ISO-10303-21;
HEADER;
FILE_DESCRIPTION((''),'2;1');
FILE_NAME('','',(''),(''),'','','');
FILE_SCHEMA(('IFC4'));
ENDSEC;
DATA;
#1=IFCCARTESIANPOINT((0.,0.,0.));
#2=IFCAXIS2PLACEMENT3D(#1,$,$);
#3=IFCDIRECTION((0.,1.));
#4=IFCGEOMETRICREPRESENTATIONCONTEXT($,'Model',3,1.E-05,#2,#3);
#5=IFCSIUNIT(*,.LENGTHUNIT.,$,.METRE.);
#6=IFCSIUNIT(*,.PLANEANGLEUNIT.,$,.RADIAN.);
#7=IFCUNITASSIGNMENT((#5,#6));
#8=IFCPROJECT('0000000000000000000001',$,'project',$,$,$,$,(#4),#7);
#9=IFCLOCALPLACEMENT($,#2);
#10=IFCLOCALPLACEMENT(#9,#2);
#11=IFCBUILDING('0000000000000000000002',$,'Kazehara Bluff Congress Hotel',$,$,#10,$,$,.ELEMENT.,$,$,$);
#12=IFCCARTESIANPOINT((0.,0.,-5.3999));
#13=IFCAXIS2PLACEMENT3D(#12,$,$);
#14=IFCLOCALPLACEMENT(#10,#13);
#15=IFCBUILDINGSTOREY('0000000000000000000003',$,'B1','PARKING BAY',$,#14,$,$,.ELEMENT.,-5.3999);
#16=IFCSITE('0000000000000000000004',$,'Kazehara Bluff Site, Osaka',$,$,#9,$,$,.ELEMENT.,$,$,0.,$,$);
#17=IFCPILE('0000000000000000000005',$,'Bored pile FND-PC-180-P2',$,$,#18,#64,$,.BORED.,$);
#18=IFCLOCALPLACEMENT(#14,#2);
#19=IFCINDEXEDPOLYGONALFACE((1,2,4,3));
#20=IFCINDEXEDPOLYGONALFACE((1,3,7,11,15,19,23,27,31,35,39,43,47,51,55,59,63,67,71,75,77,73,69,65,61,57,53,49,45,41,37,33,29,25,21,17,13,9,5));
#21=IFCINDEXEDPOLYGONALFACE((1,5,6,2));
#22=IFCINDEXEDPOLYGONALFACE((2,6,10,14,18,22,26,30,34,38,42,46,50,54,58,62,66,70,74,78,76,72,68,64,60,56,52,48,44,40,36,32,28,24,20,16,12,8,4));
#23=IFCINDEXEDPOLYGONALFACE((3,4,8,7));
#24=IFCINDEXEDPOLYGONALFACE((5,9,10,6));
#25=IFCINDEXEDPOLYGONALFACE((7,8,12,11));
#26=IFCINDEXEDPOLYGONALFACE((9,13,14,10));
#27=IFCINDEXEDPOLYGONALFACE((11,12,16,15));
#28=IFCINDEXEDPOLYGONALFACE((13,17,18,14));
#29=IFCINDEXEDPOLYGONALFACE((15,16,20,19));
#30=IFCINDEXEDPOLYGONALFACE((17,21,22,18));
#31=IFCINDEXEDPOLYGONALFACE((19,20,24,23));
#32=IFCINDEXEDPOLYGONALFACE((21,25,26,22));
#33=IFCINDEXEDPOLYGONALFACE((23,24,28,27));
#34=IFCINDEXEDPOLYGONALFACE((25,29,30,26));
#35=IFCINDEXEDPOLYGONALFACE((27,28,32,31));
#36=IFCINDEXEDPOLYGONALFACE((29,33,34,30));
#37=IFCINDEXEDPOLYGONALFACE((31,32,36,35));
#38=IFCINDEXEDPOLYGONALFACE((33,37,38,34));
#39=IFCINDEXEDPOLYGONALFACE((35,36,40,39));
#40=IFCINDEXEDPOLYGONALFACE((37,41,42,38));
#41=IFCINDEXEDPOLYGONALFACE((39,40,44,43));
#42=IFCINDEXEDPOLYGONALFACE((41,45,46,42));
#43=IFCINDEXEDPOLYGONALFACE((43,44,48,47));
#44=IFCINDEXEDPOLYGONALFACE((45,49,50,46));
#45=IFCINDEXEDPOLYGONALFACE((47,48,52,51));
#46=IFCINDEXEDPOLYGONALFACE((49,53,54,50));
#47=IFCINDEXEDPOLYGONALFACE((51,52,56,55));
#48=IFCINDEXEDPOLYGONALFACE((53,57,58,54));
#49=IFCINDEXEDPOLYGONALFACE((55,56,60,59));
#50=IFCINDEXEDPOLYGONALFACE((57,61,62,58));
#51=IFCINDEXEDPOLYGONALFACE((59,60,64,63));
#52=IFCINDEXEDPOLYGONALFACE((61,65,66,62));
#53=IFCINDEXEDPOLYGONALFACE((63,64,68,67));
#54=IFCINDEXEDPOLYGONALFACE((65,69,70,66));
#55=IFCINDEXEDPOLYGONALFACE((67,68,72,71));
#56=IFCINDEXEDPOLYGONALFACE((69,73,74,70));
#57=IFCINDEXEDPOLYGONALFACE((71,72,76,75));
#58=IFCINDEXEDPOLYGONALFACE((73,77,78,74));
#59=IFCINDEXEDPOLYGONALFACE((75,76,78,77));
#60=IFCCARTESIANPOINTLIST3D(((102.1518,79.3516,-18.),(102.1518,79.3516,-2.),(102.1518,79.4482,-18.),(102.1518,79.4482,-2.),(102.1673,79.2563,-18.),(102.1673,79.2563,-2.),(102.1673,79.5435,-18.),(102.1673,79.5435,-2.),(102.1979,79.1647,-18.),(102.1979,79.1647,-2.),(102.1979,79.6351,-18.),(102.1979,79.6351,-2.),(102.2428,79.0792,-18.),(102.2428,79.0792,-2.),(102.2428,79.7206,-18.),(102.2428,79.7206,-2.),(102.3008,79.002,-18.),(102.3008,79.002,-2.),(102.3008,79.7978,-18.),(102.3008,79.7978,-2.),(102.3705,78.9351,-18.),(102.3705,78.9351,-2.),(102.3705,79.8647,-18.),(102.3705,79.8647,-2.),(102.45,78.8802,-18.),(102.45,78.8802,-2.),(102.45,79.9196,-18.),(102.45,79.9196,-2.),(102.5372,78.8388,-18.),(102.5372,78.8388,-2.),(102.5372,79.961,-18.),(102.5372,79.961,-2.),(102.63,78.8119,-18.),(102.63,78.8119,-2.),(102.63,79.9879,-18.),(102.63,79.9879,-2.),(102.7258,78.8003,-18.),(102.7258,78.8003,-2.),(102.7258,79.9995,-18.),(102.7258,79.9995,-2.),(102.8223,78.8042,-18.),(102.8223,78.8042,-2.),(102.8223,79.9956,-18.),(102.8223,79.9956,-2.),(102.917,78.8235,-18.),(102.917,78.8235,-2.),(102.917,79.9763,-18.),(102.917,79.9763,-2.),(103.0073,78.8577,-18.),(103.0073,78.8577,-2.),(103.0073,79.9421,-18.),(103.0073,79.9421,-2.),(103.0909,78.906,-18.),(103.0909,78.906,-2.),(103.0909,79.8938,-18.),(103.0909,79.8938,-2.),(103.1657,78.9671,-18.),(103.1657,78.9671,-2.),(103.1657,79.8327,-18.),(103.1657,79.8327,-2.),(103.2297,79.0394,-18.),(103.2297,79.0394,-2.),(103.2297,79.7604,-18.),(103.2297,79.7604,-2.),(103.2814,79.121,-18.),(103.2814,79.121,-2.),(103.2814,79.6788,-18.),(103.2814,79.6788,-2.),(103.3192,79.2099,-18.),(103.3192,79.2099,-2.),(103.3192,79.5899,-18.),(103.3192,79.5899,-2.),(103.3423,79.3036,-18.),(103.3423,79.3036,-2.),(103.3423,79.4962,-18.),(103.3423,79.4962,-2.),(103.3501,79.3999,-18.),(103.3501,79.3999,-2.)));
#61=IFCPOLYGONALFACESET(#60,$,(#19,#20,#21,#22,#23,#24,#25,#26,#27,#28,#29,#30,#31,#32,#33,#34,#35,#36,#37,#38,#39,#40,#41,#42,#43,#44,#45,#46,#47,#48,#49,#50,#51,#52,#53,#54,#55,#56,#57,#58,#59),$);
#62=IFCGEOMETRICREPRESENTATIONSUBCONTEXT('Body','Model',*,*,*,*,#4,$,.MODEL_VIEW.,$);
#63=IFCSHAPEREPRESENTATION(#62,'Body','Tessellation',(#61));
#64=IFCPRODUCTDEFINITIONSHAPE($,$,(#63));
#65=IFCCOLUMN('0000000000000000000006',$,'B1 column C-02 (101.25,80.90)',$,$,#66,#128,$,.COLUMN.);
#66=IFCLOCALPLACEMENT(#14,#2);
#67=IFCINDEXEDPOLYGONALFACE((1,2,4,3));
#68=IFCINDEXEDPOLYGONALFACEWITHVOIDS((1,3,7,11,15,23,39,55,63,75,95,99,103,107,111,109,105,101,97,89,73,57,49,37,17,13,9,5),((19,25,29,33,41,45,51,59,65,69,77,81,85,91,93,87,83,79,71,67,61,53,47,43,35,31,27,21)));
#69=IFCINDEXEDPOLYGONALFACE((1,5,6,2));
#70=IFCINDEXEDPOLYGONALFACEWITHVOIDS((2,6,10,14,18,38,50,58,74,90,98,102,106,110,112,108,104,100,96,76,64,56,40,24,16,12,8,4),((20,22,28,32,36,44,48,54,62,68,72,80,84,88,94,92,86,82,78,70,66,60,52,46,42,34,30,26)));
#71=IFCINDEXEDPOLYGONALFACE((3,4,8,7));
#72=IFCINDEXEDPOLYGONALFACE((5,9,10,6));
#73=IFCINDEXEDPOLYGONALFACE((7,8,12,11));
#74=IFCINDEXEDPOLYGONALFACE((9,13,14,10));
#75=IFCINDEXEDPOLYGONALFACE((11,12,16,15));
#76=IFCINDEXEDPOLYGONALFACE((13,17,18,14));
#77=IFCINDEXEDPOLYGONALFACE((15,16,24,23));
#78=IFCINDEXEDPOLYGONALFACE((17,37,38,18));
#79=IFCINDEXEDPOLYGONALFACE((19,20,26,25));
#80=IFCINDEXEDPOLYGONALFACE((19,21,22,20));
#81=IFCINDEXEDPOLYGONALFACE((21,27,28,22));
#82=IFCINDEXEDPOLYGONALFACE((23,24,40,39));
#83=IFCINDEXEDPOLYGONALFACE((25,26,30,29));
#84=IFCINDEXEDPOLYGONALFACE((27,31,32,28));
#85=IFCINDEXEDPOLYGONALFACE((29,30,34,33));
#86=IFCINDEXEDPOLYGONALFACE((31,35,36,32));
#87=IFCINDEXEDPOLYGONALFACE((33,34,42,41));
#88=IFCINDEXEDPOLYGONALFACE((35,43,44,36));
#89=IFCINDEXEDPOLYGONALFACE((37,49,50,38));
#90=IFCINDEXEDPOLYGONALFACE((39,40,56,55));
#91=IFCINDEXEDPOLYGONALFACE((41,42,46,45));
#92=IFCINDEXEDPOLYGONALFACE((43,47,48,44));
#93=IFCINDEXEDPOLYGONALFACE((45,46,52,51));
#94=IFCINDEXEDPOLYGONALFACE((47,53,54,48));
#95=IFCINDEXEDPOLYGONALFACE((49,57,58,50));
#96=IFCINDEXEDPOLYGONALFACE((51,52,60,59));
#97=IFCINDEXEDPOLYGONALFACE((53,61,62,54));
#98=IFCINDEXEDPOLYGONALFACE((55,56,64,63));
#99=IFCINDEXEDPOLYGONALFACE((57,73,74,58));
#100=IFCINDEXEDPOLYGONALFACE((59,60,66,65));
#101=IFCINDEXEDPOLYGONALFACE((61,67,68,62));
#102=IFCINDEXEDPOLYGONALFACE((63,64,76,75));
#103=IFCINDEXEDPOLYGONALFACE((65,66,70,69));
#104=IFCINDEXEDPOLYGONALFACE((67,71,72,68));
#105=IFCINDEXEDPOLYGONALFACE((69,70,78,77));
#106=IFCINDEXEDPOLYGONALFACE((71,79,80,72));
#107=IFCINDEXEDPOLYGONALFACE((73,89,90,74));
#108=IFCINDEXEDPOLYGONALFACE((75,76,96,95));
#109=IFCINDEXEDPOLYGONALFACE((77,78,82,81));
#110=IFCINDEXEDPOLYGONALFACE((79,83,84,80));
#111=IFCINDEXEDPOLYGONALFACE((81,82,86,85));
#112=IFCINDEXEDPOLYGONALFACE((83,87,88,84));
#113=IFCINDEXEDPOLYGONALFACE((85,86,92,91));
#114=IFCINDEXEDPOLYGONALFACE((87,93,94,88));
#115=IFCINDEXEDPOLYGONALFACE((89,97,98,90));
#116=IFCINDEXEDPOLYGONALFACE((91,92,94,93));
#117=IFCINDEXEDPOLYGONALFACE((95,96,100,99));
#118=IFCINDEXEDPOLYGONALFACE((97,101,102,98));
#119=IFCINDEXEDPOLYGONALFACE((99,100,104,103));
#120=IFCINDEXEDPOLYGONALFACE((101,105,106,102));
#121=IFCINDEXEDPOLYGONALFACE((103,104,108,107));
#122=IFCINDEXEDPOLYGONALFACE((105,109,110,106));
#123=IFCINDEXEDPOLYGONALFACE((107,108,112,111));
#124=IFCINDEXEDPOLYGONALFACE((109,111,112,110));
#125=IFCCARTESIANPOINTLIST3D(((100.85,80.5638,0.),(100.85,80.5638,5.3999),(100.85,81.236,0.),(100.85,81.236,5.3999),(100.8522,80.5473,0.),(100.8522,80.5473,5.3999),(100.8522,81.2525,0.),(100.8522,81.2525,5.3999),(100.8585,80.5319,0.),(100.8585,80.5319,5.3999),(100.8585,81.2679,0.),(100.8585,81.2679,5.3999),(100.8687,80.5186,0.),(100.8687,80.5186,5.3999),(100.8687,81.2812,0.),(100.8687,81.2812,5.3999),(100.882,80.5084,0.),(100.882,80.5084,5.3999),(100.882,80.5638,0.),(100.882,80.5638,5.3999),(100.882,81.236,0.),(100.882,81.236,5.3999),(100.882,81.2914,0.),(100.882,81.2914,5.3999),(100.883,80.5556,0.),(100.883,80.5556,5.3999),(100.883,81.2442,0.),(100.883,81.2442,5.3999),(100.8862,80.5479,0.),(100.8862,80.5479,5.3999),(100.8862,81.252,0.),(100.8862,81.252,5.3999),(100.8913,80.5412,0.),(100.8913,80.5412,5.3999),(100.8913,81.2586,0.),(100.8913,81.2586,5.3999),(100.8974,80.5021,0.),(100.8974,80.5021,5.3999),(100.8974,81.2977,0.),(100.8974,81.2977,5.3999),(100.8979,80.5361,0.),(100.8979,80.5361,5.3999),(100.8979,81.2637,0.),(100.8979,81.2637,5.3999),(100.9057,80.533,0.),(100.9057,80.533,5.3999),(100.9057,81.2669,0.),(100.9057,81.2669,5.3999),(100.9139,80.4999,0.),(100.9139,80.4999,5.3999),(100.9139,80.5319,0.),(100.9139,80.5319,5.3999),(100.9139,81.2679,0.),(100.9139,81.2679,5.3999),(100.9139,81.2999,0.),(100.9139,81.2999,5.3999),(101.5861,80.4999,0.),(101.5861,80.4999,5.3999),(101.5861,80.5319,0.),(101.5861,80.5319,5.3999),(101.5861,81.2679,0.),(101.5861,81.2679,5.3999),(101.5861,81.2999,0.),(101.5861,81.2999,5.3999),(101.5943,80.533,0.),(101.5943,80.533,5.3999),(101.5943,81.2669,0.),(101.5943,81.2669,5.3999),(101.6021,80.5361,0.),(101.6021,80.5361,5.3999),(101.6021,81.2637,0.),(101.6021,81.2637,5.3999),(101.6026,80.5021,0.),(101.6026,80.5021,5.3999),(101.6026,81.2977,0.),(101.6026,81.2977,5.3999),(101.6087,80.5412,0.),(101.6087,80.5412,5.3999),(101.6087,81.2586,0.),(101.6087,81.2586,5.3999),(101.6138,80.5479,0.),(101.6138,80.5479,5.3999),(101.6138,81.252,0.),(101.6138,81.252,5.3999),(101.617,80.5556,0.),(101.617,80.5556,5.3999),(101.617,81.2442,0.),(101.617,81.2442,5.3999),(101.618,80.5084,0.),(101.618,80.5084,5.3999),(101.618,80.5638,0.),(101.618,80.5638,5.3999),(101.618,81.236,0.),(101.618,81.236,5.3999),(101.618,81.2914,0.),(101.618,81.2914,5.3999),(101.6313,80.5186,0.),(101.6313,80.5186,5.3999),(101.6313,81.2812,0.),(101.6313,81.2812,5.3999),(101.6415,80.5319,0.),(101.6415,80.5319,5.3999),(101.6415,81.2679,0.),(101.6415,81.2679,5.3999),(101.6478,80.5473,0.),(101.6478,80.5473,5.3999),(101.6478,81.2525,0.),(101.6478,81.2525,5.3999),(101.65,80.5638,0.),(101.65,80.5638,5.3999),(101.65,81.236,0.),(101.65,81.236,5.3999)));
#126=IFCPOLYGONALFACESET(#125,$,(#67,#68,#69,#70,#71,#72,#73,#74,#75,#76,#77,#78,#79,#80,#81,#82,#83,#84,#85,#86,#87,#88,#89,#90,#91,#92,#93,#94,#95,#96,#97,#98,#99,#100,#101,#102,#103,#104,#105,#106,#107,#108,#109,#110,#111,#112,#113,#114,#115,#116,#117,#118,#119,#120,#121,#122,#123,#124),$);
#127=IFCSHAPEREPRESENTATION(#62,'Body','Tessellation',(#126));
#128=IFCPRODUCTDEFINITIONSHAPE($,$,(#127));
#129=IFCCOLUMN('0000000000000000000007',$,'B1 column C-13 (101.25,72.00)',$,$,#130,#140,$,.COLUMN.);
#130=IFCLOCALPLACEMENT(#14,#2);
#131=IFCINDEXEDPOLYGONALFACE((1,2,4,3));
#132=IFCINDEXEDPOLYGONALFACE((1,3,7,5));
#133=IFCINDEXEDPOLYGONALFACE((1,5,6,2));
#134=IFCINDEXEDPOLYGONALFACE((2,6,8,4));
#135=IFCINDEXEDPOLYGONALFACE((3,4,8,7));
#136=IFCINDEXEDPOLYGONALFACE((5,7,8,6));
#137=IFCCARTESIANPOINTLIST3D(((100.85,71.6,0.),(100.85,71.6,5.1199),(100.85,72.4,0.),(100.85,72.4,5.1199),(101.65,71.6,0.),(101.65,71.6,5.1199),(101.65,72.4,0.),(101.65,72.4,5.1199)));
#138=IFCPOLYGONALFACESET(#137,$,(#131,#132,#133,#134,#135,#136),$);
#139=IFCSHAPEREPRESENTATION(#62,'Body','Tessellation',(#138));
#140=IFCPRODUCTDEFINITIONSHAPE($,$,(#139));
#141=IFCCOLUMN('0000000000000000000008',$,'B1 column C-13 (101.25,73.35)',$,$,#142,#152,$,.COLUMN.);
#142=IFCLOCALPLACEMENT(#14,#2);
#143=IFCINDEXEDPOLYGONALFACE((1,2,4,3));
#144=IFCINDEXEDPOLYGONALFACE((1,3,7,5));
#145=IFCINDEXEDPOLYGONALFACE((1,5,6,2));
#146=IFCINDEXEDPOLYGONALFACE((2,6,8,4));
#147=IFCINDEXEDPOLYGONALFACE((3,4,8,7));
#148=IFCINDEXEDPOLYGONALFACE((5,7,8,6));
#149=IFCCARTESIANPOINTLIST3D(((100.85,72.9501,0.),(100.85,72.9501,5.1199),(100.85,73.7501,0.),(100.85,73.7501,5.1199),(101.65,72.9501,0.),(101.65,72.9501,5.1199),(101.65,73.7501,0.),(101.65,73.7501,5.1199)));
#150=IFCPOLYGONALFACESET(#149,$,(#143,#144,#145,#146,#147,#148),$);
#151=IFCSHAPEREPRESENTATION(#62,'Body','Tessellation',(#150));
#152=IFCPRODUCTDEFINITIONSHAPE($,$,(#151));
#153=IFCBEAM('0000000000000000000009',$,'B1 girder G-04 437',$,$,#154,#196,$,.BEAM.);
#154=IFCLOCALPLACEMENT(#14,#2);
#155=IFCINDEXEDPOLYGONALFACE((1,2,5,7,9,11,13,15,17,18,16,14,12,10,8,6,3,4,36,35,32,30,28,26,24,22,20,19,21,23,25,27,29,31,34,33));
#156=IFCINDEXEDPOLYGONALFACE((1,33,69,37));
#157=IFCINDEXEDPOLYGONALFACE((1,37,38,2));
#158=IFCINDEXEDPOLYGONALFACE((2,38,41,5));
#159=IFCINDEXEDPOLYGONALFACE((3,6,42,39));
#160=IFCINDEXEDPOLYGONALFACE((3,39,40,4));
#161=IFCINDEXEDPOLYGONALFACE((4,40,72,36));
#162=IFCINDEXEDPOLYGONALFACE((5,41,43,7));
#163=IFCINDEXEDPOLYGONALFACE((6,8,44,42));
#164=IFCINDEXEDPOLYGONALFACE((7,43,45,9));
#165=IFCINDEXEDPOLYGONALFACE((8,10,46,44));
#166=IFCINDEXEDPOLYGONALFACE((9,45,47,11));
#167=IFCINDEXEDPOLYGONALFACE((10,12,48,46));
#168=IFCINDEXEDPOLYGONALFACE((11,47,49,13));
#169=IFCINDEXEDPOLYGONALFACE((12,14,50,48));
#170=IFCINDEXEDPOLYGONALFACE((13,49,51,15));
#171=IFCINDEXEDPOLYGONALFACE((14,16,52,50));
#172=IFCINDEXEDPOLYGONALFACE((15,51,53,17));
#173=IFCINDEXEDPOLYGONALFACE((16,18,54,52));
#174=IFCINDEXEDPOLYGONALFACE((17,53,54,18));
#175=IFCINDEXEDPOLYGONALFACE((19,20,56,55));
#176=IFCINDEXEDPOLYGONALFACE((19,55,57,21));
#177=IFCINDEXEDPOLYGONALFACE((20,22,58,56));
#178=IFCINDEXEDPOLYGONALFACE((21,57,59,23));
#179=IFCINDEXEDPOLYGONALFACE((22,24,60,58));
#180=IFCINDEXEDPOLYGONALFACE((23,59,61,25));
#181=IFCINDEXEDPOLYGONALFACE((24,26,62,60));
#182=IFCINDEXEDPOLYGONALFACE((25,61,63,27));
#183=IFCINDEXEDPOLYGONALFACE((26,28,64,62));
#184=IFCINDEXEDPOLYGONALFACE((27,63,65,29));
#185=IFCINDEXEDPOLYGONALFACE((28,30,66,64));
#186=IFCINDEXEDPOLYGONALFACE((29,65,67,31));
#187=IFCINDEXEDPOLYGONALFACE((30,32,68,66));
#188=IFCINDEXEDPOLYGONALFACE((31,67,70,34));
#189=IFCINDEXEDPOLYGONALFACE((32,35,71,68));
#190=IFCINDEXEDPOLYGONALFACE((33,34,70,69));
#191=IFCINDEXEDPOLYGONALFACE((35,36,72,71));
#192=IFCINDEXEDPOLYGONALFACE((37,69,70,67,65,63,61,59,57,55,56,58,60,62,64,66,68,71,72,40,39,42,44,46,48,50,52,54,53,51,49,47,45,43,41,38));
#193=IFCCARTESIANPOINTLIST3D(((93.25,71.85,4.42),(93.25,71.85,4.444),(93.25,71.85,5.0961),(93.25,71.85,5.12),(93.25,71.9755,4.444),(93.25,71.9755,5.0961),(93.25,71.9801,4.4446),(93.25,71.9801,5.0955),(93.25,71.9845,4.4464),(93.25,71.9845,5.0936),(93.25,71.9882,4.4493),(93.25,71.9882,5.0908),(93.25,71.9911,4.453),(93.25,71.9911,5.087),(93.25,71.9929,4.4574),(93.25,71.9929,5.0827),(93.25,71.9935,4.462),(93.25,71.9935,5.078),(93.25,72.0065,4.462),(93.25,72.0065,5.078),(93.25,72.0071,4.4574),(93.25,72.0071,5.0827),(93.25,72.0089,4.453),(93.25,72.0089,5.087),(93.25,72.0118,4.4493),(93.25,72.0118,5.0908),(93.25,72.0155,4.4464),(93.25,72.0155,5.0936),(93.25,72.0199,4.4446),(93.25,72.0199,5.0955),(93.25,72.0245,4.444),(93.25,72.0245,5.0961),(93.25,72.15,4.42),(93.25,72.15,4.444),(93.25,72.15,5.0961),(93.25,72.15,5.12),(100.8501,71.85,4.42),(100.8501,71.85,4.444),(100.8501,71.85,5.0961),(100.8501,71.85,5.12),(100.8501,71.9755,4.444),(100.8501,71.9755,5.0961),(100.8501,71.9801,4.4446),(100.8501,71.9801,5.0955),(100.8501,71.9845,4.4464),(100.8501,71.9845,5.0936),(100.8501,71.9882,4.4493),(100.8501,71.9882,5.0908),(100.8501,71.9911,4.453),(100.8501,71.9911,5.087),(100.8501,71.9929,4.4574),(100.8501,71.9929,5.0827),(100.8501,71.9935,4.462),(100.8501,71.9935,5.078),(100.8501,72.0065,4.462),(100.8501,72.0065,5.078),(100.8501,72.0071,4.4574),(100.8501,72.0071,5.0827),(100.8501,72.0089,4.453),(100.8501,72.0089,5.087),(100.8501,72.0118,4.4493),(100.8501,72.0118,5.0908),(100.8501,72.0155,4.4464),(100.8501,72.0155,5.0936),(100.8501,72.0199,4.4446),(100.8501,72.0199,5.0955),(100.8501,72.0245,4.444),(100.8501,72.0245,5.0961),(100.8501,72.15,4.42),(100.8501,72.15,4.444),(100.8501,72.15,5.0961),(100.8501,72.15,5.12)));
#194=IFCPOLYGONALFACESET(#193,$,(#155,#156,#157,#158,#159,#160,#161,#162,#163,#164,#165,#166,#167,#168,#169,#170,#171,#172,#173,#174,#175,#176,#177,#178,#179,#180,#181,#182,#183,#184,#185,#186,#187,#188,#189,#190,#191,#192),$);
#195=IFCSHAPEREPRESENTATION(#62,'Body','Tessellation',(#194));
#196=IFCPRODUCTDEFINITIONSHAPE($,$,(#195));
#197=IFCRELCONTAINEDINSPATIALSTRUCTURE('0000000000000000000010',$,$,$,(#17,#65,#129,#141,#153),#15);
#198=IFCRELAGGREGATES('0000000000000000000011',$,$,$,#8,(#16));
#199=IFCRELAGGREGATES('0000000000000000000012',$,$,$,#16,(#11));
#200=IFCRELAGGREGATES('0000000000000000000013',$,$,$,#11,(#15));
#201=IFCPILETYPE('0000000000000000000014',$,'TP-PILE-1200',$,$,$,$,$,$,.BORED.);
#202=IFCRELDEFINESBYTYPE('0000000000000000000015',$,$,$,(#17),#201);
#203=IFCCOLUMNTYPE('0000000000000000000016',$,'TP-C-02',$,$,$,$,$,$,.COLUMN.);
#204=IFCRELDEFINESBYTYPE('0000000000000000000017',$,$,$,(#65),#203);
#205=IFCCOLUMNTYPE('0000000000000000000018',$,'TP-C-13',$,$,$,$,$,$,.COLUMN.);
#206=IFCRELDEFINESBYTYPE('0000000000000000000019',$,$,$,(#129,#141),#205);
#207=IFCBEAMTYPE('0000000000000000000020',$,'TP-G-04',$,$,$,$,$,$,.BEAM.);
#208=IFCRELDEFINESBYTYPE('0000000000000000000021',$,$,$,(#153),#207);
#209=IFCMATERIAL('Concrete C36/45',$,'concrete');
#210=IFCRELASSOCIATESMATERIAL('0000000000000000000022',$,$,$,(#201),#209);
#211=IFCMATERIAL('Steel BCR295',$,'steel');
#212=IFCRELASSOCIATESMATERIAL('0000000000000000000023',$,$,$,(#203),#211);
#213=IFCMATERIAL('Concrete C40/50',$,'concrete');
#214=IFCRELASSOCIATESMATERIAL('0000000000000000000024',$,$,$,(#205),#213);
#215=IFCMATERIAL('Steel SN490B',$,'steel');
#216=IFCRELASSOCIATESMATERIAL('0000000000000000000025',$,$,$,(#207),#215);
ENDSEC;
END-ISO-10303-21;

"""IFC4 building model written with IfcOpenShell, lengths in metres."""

from ifc_helpers import new_model, si_unit, direction, frame, origin, origin_2d, place, context, subcontext, project, spatial, rectangle, hollow_rectangle, circle, i_section, extrude, material, material_profile, profile_set, type_object, element, save


model = new_model("IFC4")

# Units and contexts
model_context = context("Model", 3, precision=1e-05, world=origin(), true_north=direction((0.0, 1.0)))
body_context = subcontext(model_context, "Body", "Model", "MODEL_VIEW")
ifc_project = project(units=[si_unit("LENGTHUNIT", "METRE"), si_unit("PLANEANGLEUNIT", "RADIAN")], contexts=[model_context])

# Site, building, storey
site_placement = place(None, origin())
site = spatial("IfcSite", under=ifc_project, at=site_placement, Name="Kazehara Bluff Site, Osaka", CompositionType="ELEMENT", RefElevation=0.0)
building_placement = place(site_placement, origin())
building = spatial("IfcBuilding", under=site, at=building_placement, Name="Kazehara Bluff Congress Hotel", CompositionType="ELEMENT")
storey_placement = place(building_placement, frame((0.0, 0.0, -5.3999)))
storey = spatial("IfcBuildingStorey", under=building, at=storey_placement, Name="B1", Description="PARKING BAY", CompositionType="ELEMENT", Elevation=-5.3999)

# Pile
ifc_material_1 = material(Name="Concrete C36/45", Category="concrete")
ifc_material_profile_1 = material_profile(ifc_material_1, circle(Radius=0.6001, at=origin_2d()))
ifc_profile_set_1 = profile_set([ifc_material_profile_1], Name="Concrete C36/45")
pile_type = type_object("IfcPileType", Name="TP-PILE-1200", PredefinedType="BORED", material=ifc_profile_set_1)
for number, where, z_axis, x_axis, name in (
    (1, (102.75, 79.3999, -2.0), (0.0, 0.0, -1.0), (1.0, 0.0, 0.0), "Bored pile FND-PC-180-P2"),
):
    element("IfcPile", number, at=place(storey_placement, frame(where, z_axis=z_axis, x_axis=x_axis)), inside=storey, type_object=pile_type, Name=name, PredefinedType="BORED", context=body_context, shape_type="SweptSolid", body=[
        extrude(circle(Radius=0.6001, at=origin_2d()), origin(), (0.0, 0.0, 1.0), 16.0),
    ])

# Columns
ifc_material_2 = material(Name="Steel BCR295", Category="steel")
ifc_material_profile_2 = material_profile(ifc_material_2, hollow_rectangle(XDim=0.8, YDim=0.8, WallThickness=0.032, InnerFilletRadius=0.032, OuterFilletRadius=0.064, at=origin_2d()))
ifc_profile_set_2 = profile_set([ifc_material_profile_2], Name="Steel BCR295")
column_type_1 = type_object("IfcColumnType", Name="TP-C-02", PredefinedType="COLUMN", material=ifc_profile_set_2)
column_placement = place(storey_placement, frame((101.25, 80.8999, 0.0), z_axis=(0.0, 0.0, 1.0), x_axis=(1.0, 0.0, 0.0)))
element("IfcColumn", 2, at=column_placement, inside=storey, type_object=column_type_1, Name="B1 column C-02 (101.25,80.90)", PredefinedType="COLUMN", context=body_context, shape_type="SweptSolid", body=[
    extrude(hollow_rectangle(XDim=0.8, YDim=0.8, WallThickness=0.032, InnerFilletRadius=0.032, OuterFilletRadius=0.064, at=origin_2d()), origin(), (0.0, 0.0, 1.0), 5.3999),
])
ifc_material_3 = material(Name="Concrete C40/50", Category="concrete")
ifc_material_profile_3 = material_profile(ifc_material_3, rectangle(XDim=0.8, YDim=0.8, at=origin_2d()))
ifc_profile_set_3 = profile_set([ifc_material_profile_3], Name="Concrete C40/50")
column_type_2 = type_object("IfcColumnType", Name="TP-C-13", PredefinedType="COLUMN", material=ifc_profile_set_3)
for number, where, z_axis, x_axis, name in (
    (3, (101.25, 72.0, 0.0), (0.0, 0.0, 1.0), (1.0, 0.0, 0.0), "B1 column C-13 (101.25,72.00)"),
    (4, (101.25, 73.3501, 0.0), (0.0, 0.0, 1.0), (1.0, 0.0, 0.0), "B1 column C-13 (101.25,73.35)"),
):
    element("IfcColumn", number, at=place(storey_placement, frame(where, z_axis=z_axis, x_axis=x_axis)), inside=storey, type_object=column_type_2, Name=name, PredefinedType="COLUMN", context=body_context, shape_type="SweptSolid", body=[
        extrude(rectangle(XDim=0.8, YDim=0.8, at=origin_2d()), origin(), (0.0, 0.0, 1.0), 5.1199),
    ])

# Beam
ifc_material_4 = material(Name="Steel SN490B", Category="steel")
ifc_material_profile_4 = material_profile(ifc_material_4, i_section(OverallWidth=0.3, OverallDepth=0.7, WebThickness=0.0129, FlangeThickness=0.0239, FilletRadius=0.0181, at=origin_2d()))
ifc_profile_set_4 = profile_set([ifc_material_profile_4], Name="Steel SN490B")
beam_type_1 = type_object("IfcBeamType", Name="TP-G-04", PredefinedType="BEAM", material=ifc_profile_set_4)
beam_1_placement = place(storey_placement, frame((93.25, 72.0, 4.77), z_axis=(1.0, 0.0, 0.0), x_axis=(0.0, 1.0, 0.0)))
element("IfcBeam", 5, at=beam_1_placement, inside=storey, type_object=beam_type_1, Name="B1 girder G-04 437", PredefinedType="BEAM", context=body_context, shape_type="SweptSolid", body=[
    extrude(i_section(OverallWidth=0.3, OverallDepth=0.7, WebThickness=0.0129, FlangeThickness=0.0239, FilletRadius=0.0181, at=origin_2d()), origin(), (0.0, 0.0, 1.0), 7.6001),
])

save(model, "model.ifc")
